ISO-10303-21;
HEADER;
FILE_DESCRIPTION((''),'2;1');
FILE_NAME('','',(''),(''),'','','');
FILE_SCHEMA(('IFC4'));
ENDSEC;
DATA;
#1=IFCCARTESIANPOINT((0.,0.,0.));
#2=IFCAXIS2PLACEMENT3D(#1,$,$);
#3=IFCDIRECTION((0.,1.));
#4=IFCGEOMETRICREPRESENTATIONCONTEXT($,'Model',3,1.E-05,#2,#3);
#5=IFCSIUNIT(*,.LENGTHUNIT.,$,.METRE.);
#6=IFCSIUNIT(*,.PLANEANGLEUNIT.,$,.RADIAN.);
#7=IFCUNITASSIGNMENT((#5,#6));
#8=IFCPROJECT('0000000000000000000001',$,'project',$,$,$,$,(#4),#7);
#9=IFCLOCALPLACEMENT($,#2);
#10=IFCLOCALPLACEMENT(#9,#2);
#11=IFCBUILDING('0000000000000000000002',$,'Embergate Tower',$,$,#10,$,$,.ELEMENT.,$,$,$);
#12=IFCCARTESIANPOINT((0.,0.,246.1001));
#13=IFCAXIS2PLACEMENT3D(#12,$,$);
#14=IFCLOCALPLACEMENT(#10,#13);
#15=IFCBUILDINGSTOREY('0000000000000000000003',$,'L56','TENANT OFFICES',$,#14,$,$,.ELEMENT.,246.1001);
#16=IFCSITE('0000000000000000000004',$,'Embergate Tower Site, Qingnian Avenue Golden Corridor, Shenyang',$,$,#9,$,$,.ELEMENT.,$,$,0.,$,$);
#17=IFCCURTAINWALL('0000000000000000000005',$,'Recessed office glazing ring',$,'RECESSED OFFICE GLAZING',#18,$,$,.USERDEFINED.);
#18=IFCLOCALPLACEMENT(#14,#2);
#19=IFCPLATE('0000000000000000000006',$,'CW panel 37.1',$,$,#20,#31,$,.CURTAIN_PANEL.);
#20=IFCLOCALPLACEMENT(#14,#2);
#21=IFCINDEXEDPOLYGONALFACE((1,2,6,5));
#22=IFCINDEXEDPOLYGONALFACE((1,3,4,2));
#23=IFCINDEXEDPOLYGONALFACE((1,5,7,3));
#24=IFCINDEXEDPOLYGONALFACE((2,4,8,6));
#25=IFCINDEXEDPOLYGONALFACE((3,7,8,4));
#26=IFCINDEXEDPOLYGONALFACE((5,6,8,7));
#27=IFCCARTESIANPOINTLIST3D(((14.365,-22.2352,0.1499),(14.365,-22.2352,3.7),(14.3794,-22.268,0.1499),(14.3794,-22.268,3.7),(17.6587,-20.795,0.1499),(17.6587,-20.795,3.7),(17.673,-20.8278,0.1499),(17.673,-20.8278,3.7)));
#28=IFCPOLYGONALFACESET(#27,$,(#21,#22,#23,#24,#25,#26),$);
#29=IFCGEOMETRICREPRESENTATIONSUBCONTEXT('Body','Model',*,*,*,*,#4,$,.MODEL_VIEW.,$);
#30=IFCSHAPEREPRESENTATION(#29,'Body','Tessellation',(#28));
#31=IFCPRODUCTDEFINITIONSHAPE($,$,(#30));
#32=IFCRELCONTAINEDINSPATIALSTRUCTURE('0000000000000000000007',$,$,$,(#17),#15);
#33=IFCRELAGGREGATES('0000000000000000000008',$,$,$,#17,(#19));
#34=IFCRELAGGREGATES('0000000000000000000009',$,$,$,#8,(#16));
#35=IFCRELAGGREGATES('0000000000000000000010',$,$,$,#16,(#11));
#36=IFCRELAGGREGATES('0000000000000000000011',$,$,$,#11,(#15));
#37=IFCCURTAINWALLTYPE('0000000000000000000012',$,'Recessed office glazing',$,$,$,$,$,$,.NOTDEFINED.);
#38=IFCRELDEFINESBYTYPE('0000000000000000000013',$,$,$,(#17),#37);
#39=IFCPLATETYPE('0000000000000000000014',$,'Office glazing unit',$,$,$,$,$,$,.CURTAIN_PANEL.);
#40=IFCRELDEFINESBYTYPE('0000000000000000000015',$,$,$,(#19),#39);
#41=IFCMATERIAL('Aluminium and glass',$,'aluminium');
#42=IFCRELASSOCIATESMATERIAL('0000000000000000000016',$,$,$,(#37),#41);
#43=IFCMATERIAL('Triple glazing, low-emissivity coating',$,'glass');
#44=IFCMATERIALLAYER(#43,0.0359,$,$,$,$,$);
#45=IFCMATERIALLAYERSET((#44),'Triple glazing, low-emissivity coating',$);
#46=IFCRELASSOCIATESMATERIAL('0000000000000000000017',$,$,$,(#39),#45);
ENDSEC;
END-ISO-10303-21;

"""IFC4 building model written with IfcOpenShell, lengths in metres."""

from ifc_helpers import new_model, si_unit, direction, frame, origin, origin_2d, place, context, subcontext, project, spatial, rectangle, extrude, source, transform, mapped, material, layer, layer_set, type_object, element, aggregate, save


model = new_model("IFC4")

# Units and contexts
model_context = context("Model", 3, precision=1e-05, world=origin(), true_north=direction((0.0, 1.0)))
body_context = subcontext(model_context, "Body", "Model", "MODEL_VIEW")
ifc_project = project(units=[si_unit("LENGTHUNIT", "METRE"), si_unit("PLANEANGLEUNIT", "RADIAN")], contexts=[model_context])

# Site, building, storey
site_placement = place(None, origin())
site = spatial("IfcSite", under=ifc_project, at=site_placement, Name="Embergate Tower Site, Qingnian Avenue Golden Corridor, Shenyang", CompositionType="ELEMENT", RefElevation=0.0)
building_placement = place(site_placement, origin())
building = spatial("IfcBuilding", under=site, at=building_placement, Name="Embergate Tower", CompositionType="ELEMENT")
storey_placement = place(building_placement, frame((0.0, 0.0, 246.1001)))
storey = spatial("IfcBuildingStorey", under=building, at=storey_placement, Name="L56", Description="TENANT OFFICES", CompositionType="ELEMENT", Elevation=246.1001)

# Curtain wall, plate
ifc_material_1 = material(Name="Aluminium and glass", Category="aluminium")
curtain_wall_type = type_object("IfcCurtainWallType", Name="Recessed office glazing", PredefinedType="NOTDEFINED", material=ifc_material_1)
curtain_wall_placement = place(storey_placement, origin())
curtain_wall = element("IfcCurtainWall", 1, at=curtain_wall_placement, inside=storey, type_object=curtain_wall_type, Name="Recessed office glazing ring", ObjectType="RECESSED OFFICE GLAZING", PredefinedType="USERDEFINED")
ifc_material_2 = material(Name="Triple glazing, low-emissivity coating", Category="glass")
ifc_layer = layer(ifc_material_2, 0.0359)
ifc_layer_set = layer_set([ifc_layer], Name="Triple glazing, low-emissivity coating")
plate_type = type_object("IfcPlateType", Name="Office glazing unit", PredefinedType="CURTAIN_PANEL", material=ifc_layer_set)
shared_shape_1 = source(origin(), body_context, "Body", "SweptSolid", [
    extrude(rectangle(XDim=3.5947, YDim=0.0359, at=origin_2d()), origin(), (0.0, 0.0, 1.0), 3.55),
])
plate_1_placement = place(storey_placement, frame((16.019, -21.5315, 0.1499), z_axis=(0.0, 0.0, 1.0), x_axis=(0.916235, 0.400642, 0.0)))
plate_1 = element("IfcPlate", 2, at=plate_1_placement, type_object=plate_type, Name="CW panel 37.1", PredefinedType="CURTAIN_PANEL", context=body_context, shape_type="MappedRepresentation", body=[
    mapped(shared_shape_1, transform((0.0, 0.0, 0.0))),
])
aggregate(curtain_wall, [plate_1])

save(model, "model.ifc")
